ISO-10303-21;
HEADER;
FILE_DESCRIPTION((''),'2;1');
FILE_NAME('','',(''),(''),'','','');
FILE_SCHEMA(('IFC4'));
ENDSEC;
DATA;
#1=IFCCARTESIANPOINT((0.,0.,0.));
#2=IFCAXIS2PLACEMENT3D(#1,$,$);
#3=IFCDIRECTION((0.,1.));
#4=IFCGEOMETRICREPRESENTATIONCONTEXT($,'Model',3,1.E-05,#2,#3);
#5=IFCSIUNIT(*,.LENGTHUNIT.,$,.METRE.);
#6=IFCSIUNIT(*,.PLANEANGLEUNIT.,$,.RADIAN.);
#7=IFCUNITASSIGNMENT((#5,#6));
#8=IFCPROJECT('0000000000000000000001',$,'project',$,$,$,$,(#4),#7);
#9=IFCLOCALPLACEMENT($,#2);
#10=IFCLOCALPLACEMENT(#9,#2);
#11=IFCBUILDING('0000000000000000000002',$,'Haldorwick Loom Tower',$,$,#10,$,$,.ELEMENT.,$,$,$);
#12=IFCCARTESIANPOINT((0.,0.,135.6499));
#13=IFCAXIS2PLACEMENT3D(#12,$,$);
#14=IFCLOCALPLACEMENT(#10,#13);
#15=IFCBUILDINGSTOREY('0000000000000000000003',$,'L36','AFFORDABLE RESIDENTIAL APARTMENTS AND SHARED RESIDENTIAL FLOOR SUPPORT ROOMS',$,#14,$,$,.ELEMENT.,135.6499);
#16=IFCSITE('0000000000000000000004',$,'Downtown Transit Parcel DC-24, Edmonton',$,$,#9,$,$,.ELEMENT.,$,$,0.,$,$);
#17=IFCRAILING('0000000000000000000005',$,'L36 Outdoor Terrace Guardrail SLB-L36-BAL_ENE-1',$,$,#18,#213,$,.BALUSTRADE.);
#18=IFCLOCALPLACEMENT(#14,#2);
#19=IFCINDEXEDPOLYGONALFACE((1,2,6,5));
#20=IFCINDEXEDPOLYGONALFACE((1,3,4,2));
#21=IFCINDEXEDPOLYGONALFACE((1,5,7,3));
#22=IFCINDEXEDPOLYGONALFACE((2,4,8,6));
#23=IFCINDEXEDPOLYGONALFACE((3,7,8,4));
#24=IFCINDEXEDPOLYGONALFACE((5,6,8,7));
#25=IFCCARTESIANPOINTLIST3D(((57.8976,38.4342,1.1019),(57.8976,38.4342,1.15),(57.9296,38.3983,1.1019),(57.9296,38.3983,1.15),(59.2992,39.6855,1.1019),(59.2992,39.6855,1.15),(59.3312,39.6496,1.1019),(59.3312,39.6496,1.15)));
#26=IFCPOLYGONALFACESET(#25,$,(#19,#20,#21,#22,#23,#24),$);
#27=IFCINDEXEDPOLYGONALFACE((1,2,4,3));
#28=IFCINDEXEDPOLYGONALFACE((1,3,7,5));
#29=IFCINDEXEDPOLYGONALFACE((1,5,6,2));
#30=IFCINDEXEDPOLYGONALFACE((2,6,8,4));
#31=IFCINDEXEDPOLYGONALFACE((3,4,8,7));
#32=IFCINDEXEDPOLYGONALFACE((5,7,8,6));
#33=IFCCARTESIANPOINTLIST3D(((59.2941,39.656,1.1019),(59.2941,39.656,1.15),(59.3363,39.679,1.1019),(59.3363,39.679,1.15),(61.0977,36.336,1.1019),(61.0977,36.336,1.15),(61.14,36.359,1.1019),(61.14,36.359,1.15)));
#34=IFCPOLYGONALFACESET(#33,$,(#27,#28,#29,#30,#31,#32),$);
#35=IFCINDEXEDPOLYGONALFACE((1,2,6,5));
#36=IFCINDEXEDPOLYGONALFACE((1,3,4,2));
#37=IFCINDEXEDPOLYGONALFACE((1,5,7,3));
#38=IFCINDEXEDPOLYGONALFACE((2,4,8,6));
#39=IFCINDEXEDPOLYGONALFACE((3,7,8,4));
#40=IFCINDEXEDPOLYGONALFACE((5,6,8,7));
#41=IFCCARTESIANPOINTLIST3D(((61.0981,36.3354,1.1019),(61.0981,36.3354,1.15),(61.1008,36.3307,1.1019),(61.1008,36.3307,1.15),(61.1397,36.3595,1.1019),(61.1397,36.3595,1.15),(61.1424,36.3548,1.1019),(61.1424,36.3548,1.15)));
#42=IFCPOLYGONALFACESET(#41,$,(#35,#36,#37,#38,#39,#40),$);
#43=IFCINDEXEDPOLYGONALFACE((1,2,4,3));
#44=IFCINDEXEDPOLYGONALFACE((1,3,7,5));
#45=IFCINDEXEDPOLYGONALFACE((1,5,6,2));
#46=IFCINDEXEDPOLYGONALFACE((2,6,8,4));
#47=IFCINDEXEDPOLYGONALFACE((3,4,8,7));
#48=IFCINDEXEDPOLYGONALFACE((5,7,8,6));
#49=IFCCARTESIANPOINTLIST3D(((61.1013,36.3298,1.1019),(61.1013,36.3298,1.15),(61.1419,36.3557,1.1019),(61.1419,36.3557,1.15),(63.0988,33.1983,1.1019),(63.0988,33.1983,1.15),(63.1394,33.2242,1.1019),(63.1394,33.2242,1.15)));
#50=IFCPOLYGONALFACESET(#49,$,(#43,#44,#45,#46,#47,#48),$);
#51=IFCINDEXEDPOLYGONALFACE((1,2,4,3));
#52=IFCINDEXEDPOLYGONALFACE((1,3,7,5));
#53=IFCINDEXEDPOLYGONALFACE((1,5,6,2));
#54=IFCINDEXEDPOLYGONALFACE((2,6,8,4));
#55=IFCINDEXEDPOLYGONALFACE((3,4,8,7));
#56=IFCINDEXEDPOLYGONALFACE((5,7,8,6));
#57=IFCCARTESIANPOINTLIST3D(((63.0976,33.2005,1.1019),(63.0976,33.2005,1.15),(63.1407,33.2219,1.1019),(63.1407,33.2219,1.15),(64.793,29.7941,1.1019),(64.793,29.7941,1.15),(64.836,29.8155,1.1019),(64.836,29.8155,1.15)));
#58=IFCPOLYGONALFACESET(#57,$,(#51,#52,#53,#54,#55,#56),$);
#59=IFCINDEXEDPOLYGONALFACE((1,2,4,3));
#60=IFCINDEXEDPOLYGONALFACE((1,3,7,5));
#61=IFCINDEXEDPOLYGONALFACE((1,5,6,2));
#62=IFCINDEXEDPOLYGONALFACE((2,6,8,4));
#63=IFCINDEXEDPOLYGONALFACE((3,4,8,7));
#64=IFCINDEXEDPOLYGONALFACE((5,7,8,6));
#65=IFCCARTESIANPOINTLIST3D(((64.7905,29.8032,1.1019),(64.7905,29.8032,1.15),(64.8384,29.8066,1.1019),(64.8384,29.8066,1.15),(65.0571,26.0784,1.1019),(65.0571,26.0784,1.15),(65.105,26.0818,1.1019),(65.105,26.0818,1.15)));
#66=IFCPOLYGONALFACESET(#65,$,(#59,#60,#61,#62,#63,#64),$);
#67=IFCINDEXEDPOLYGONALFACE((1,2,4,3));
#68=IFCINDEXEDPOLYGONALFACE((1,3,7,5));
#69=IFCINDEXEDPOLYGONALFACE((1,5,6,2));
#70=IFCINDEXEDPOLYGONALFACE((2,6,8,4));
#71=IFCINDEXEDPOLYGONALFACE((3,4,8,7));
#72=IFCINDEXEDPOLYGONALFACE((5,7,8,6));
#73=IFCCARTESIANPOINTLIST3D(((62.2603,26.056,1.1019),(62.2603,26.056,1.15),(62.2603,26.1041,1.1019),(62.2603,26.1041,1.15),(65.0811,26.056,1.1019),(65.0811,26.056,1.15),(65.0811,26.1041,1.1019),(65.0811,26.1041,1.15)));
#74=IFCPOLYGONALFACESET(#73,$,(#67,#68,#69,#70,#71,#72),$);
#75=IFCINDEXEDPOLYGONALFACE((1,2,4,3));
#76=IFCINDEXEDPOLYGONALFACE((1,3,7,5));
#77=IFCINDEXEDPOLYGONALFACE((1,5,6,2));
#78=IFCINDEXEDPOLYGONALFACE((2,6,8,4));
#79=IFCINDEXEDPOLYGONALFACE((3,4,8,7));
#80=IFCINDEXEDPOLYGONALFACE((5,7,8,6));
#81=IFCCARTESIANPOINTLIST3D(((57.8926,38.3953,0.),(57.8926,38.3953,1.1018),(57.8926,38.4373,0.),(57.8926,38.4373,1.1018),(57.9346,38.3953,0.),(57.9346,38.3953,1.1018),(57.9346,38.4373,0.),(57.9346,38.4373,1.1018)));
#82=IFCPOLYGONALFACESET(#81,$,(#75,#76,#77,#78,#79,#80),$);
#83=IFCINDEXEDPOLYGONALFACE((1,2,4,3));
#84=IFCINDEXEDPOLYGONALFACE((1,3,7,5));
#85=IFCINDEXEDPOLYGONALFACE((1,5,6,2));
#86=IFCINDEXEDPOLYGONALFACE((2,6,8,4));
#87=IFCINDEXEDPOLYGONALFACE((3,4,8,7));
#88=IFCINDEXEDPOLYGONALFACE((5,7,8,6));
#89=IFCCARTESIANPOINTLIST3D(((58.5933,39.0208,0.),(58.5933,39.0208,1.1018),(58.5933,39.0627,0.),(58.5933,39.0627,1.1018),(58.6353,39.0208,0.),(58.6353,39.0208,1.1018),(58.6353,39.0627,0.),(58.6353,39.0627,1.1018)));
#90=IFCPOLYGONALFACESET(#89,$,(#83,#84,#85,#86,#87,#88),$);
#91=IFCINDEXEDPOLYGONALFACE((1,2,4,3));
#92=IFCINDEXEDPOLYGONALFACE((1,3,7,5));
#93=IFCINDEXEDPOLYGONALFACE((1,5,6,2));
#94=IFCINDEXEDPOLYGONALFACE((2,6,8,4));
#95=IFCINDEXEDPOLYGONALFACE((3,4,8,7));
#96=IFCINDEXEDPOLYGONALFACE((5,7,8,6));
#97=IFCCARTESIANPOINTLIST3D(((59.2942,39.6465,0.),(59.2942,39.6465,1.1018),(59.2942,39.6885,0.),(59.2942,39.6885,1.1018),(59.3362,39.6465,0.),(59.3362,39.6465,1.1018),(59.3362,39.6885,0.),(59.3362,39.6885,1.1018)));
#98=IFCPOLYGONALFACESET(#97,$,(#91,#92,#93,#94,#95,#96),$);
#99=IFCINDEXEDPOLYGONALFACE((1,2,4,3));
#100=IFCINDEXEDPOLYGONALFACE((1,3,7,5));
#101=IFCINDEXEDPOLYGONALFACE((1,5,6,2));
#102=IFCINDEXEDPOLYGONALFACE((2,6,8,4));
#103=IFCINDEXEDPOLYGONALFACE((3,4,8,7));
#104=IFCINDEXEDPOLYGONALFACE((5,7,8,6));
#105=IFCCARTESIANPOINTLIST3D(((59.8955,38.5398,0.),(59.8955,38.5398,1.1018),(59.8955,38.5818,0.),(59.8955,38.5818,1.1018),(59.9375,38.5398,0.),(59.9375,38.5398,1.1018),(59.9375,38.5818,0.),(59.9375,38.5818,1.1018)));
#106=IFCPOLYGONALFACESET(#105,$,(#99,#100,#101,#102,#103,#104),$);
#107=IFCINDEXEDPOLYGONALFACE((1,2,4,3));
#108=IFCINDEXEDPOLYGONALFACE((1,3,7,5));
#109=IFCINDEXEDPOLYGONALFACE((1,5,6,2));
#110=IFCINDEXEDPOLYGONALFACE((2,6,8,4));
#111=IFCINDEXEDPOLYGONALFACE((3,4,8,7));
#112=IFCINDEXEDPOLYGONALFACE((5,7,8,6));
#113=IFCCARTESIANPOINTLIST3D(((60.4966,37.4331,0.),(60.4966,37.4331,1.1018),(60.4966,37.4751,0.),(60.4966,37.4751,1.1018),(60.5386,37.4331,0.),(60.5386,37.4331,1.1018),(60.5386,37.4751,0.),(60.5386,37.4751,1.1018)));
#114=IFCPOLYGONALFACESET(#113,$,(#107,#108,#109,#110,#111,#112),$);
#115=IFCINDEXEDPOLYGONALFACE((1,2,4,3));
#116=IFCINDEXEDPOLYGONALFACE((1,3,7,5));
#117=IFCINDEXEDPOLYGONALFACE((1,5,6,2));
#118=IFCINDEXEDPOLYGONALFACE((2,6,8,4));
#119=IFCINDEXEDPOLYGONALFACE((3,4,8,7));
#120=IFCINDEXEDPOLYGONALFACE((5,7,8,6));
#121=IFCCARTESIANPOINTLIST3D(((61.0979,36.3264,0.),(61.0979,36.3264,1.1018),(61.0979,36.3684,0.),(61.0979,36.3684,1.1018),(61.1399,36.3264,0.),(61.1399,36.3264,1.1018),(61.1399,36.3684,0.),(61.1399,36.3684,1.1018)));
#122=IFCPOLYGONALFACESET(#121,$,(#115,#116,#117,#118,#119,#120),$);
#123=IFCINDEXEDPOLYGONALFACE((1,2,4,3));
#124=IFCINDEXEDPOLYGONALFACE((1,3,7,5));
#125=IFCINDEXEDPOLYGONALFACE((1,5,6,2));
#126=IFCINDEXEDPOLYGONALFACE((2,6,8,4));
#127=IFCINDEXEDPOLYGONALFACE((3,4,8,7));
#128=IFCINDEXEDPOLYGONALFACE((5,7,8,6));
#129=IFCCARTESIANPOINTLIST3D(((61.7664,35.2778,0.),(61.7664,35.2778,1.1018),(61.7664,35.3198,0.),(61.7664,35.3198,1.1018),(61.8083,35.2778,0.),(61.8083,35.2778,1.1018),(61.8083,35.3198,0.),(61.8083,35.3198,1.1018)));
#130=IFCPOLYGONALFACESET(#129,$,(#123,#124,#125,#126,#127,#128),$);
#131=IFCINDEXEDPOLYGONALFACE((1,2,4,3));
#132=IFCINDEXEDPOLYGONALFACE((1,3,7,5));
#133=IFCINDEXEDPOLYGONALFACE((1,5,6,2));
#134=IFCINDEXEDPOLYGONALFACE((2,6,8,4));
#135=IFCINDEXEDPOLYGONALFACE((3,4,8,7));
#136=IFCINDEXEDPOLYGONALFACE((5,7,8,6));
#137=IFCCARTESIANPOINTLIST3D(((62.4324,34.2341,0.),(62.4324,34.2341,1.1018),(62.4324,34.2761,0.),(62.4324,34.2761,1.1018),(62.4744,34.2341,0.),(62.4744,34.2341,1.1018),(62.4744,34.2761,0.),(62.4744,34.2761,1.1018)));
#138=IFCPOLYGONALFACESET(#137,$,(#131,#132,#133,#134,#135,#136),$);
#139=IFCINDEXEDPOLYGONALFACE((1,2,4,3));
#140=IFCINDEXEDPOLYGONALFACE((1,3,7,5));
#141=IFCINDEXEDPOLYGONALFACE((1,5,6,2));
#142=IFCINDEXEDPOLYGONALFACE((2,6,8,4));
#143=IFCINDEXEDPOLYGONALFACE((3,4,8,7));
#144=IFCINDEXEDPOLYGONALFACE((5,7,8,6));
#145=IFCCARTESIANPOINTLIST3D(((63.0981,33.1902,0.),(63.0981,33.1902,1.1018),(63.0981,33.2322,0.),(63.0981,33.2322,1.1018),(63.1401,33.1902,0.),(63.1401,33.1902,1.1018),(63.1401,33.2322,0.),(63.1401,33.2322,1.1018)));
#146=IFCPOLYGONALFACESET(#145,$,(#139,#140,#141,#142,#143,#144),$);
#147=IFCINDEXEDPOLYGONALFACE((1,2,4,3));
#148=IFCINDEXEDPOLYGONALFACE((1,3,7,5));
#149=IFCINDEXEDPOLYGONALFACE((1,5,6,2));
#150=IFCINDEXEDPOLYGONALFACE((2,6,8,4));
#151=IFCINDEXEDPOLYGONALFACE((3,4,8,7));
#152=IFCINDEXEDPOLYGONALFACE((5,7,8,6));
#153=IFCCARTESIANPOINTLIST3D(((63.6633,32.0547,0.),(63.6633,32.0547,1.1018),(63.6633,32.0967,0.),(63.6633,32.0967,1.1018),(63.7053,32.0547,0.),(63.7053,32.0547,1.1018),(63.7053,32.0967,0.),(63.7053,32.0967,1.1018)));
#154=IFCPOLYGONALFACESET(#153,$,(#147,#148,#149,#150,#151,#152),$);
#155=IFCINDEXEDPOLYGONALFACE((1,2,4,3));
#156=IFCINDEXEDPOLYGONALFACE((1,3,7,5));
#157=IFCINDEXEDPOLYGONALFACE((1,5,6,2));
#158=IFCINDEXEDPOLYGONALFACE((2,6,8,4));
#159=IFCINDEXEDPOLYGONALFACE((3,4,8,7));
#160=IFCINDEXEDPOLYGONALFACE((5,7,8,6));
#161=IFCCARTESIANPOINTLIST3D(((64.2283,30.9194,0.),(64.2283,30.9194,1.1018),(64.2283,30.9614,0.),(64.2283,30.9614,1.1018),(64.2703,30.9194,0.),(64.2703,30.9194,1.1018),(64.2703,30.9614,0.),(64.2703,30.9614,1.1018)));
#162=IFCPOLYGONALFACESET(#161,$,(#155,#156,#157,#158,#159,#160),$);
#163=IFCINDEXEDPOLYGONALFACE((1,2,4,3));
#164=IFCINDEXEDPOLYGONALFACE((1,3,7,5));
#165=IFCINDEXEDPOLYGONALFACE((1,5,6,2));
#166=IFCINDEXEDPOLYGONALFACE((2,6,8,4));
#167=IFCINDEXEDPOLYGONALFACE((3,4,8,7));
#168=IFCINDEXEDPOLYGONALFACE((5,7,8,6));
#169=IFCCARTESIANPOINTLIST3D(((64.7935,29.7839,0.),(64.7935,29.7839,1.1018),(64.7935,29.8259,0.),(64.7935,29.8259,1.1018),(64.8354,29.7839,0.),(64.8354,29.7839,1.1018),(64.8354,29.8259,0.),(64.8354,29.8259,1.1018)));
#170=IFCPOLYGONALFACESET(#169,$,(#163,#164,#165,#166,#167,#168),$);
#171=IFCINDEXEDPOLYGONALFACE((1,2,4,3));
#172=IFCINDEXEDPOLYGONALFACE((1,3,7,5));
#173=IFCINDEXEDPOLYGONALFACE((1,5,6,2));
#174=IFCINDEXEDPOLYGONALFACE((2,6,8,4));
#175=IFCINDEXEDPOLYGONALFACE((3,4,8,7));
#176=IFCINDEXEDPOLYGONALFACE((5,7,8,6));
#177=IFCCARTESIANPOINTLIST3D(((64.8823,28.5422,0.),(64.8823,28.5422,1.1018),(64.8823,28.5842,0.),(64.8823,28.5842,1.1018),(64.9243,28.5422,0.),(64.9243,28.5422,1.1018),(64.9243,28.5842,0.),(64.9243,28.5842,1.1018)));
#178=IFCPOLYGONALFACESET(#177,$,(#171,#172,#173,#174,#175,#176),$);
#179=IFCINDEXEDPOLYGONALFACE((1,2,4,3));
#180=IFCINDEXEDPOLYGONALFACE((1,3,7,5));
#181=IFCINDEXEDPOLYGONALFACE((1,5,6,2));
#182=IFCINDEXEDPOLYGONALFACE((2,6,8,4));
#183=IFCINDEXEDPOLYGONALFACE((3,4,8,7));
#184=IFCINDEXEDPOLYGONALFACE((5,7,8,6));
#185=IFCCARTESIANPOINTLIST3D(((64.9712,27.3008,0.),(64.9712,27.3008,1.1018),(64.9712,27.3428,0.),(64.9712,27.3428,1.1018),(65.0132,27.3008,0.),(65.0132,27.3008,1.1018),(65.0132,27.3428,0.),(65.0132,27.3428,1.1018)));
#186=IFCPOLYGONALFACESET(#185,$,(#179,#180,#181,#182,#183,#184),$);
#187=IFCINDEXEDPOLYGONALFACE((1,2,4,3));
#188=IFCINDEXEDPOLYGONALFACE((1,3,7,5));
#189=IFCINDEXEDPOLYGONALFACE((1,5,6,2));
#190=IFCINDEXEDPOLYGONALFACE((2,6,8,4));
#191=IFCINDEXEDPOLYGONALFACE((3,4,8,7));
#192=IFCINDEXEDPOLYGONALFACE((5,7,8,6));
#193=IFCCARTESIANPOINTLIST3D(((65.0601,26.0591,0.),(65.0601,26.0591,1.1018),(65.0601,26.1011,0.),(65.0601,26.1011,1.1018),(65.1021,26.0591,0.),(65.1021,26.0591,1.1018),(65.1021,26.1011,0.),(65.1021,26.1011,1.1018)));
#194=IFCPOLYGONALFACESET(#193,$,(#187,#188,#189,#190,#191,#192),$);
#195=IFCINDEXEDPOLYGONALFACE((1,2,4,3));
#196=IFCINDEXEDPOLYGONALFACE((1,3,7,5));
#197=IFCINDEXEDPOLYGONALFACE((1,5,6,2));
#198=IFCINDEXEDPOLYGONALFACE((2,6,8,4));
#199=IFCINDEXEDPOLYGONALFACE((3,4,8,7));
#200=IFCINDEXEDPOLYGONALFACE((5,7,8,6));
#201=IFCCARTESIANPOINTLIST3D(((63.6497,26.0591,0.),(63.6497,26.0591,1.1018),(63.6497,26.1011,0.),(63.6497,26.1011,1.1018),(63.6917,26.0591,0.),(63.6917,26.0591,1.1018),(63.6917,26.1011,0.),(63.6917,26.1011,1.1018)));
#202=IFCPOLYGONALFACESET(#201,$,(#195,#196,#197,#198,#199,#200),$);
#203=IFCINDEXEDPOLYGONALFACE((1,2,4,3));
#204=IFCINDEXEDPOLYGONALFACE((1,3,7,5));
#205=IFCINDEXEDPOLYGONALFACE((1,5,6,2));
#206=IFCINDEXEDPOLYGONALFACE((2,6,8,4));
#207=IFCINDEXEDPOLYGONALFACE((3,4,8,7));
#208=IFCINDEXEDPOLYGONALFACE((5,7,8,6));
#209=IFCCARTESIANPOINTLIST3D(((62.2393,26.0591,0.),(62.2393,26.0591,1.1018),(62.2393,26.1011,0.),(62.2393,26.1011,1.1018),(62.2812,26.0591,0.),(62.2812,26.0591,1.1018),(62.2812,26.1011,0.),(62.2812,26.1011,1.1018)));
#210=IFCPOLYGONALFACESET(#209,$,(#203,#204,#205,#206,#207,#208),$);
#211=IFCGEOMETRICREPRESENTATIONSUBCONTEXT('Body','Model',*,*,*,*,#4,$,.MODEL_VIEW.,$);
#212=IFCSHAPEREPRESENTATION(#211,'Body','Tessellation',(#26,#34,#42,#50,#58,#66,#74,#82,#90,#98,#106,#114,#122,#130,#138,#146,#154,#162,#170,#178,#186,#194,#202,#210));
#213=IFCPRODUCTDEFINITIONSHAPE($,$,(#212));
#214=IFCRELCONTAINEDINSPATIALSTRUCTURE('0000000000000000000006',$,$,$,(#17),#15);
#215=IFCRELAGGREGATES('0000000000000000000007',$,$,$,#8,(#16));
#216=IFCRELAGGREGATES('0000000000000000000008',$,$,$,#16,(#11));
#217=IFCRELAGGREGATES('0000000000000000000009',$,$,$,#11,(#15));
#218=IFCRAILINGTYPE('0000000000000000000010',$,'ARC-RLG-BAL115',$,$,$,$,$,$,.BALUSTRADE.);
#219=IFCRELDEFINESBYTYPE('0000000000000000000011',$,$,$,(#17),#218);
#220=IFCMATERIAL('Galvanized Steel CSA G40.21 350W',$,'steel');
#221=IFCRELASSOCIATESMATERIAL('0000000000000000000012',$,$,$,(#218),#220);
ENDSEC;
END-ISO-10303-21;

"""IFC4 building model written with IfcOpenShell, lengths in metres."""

from ifc_helpers import new_model, si_unit, direction, frame, origin, origin_2d, place, context, subcontext, project, spatial, rectangle, extrude, material, type_object, element, save


model = new_model("IFC4")

# Units and contexts
model_context = context("Model", 3, precision=1e-05, world=origin(), true_north=direction((0.0, 1.0)))
body_context = subcontext(model_context, "Body", "Model", "MODEL_VIEW")
ifc_project = project(units=[si_unit("LENGTHUNIT", "METRE"), si_unit("PLANEANGLEUNIT", "RADIAN")], contexts=[model_context])

# Site, building, storey
site_placement = place(None, origin())
site = spatial("IfcSite", under=ifc_project, at=site_placement, Name="Downtown Transit Parcel DC-24, Edmonton", CompositionType="ELEMENT", RefElevation=0.0)
building_placement = place(site_placement, origin())
building = spatial("IfcBuilding", under=site, at=building_placement, Name="Haldorwick Loom Tower", CompositionType="ELEMENT")
storey_placement = place(building_placement, frame((0.0, 0.0, 135.6499)))
storey = spatial("IfcBuildingStorey", under=building, at=storey_placement, Name="L36", Description="AFFORDABLE RESIDENTIAL APARTMENTS AND SHARED RESIDENTIAL FLOOR SUPPORT ROOMS", CompositionType="ELEMENT", Elevation=135.6499)

# Railing
ifc_material_1 = material(Name="Galvanized Steel CSA G40.21 350W", Category="steel")
railing_type_1 = type_object("IfcRailingType", Name="ARC-RLG-BAL115", PredefinedType="BALUSTRADE", material=ifc_material_1)
railing_1_placement = place(storey_placement, frame((57.9136, 38.4163, 0.0)))
element("IfcRailing", 1, at=railing_1_placement, inside=storey, type_object=railing_type_1, Name="L36 Outdoor Terrace Guardrail SLB-L36-BAL_ENE-1", PredefinedType="BALUSTRADE", context=body_context, shape_type="SweptSolid", body=[
    extrude(rectangle(XDim=0.0481, YDim=0.0481, at=origin_2d()), frame((0.0, 0.0, 1.126), z_axis=(0.745995, 0.665951, 0.0), x_axis=(-0.665951, 0.745995, 0.0)), (0.0, 0.0, 1.0), 1.8789),
    extrude(rectangle(XDim=0.0481, YDim=0.0481, at=origin_2d()), frame((1.4016, 1.2512, 1.126), z_axis=(0.477376, -0.878699, 0.0), x_axis=(0.878699, 0.477376, 0.0)), (0.0, 0.0, 1.0), 3.7783),
    extrude(rectangle(XDim=0.0481, YDim=0.0481, at=origin_2d()), frame((3.2053, -2.0688, 1.126), z_axis=(0.501036, -0.865426, 0.0), x_axis=(0.865426, 0.501036, 0.0)), (0.0, 0.0, 1.0), 0.0054),
    extrude(rectangle(XDim=0.0481, YDim=0.0481, at=origin_2d()), frame((3.208, -2.0735, 1.126), z_axis=(0.537781, -0.843085, 0.0), x_axis=(0.843085, 0.537781, 0.0)), (0.0, 0.0, 1.0), 3.7144),
    extrude(rectangle(XDim=0.0481, YDim=0.0481, at=origin_2d()), frame((5.2056, -5.2051, 1.126), z_axis=(0.44557, -0.895247, 0.0), x_axis=(0.895247, 0.44557, 0.0)), (0.0, 0.0, 1.0), 3.8049),
    extrude(rectangle(XDim=0.0481, YDim=0.0481, at=origin_2d()), frame((6.9009, -8.6113, 1.126), z_axis=(0.071391, -0.997448, 0.0), x_axis=(0.997448, 0.071391, 0.0)), (0.0, 0.0, 1.0), 3.7344),
    extrude(rectangle(XDim=0.0481, YDim=0.0481, at=origin_2d()), frame((7.1675, -12.3362, 1.126), z_axis=(-1.0, 0.0, 0.0), x_axis=(0.0, -1.0, 0.0)), (0.0, 0.0, 1.0), 2.8208),
    extrude(rectangle(XDim=0.042, YDim=0.042, at=origin_2d()), origin(), (0.0, 0.0, 1.0), 1.1018),
    extrude(rectangle(XDim=0.042, YDim=0.042, at=origin_2d()), frame((0.7007, 0.6255, 0.0)), (0.0, 0.0, 1.0), 1.1018),
    extrude(rectangle(XDim=0.042, YDim=0.042, at=origin_2d()), frame((1.4016, 1.2512, 0.0)), (0.0, 0.0, 1.0), 1.1018),
    extrude(rectangle(XDim=0.042, YDim=0.042, at=origin_2d()), frame((2.0029, 0.1445, 0.0)), (0.0, 0.0, 1.0), 1.1018),
    extrude(rectangle(XDim=0.042, YDim=0.042, at=origin_2d()), frame((2.604, -0.9622, 0.0)), (0.0, 0.0, 1.0), 1.1018),
    extrude(rectangle(XDim=0.042, YDim=0.042, at=origin_2d()), frame((3.2053, -2.0688, 0.0)), (0.0, 0.0, 1.0), 1.1018),
    extrude(rectangle(XDim=0.042, YDim=0.042, at=origin_2d()), frame((3.8738, -3.1174, 0.0)), (0.0, 0.0, 1.0), 1.1018),
    extrude(rectangle(XDim=0.042, YDim=0.042, at=origin_2d()), frame((4.5398, -4.1611, 0.0)), (0.0, 0.0, 1.0), 1.1018),
    extrude(rectangle(XDim=0.042, YDim=0.042, at=origin_2d()), frame((5.2056, -5.2051, 0.0)), (0.0, 0.0, 1.0), 1.1018),
    extrude(rectangle(XDim=0.042, YDim=0.042, at=origin_2d()), frame((5.7708, -6.3406, 0.0)), (0.0, 0.0, 1.0), 1.1018),
    extrude(rectangle(XDim=0.042, YDim=0.042, at=origin_2d()), frame((6.3357, -7.4758, 0.0)), (0.0, 0.0, 1.0), 1.1018),
    extrude(rectangle(XDim=0.042, YDim=0.042, at=origin_2d()), frame((6.9009, -8.6113, 0.0)), (0.0, 0.0, 1.0), 1.1018),
    extrude(rectangle(XDim=0.042, YDim=0.042, at=origin_2d()), frame((6.9897, -9.853, 0.0)), (0.0, 0.0, 1.0), 1.1018),
    extrude(rectangle(XDim=0.042, YDim=0.042, at=origin_2d()), frame((7.0786, -11.0945, 0.0)), (0.0, 0.0, 1.0), 1.1018),
    extrude(rectangle(XDim=0.042, YDim=0.042, at=origin_2d()), frame((7.1675, -12.3362, 0.0)), (0.0, 0.0, 1.0), 1.1018),
    extrude(rectangle(XDim=0.042, YDim=0.042, at=origin_2d()), frame((5.7571, -12.3362, 0.0)), (0.0, 0.0, 1.0), 1.1018),
    extrude(rectangle(XDim=0.042, YDim=0.042, at=origin_2d()), frame((4.3467, -12.3362, 0.0)), (0.0, 0.0, 1.0), 1.1018),
])

save(model, "model.ifc")
